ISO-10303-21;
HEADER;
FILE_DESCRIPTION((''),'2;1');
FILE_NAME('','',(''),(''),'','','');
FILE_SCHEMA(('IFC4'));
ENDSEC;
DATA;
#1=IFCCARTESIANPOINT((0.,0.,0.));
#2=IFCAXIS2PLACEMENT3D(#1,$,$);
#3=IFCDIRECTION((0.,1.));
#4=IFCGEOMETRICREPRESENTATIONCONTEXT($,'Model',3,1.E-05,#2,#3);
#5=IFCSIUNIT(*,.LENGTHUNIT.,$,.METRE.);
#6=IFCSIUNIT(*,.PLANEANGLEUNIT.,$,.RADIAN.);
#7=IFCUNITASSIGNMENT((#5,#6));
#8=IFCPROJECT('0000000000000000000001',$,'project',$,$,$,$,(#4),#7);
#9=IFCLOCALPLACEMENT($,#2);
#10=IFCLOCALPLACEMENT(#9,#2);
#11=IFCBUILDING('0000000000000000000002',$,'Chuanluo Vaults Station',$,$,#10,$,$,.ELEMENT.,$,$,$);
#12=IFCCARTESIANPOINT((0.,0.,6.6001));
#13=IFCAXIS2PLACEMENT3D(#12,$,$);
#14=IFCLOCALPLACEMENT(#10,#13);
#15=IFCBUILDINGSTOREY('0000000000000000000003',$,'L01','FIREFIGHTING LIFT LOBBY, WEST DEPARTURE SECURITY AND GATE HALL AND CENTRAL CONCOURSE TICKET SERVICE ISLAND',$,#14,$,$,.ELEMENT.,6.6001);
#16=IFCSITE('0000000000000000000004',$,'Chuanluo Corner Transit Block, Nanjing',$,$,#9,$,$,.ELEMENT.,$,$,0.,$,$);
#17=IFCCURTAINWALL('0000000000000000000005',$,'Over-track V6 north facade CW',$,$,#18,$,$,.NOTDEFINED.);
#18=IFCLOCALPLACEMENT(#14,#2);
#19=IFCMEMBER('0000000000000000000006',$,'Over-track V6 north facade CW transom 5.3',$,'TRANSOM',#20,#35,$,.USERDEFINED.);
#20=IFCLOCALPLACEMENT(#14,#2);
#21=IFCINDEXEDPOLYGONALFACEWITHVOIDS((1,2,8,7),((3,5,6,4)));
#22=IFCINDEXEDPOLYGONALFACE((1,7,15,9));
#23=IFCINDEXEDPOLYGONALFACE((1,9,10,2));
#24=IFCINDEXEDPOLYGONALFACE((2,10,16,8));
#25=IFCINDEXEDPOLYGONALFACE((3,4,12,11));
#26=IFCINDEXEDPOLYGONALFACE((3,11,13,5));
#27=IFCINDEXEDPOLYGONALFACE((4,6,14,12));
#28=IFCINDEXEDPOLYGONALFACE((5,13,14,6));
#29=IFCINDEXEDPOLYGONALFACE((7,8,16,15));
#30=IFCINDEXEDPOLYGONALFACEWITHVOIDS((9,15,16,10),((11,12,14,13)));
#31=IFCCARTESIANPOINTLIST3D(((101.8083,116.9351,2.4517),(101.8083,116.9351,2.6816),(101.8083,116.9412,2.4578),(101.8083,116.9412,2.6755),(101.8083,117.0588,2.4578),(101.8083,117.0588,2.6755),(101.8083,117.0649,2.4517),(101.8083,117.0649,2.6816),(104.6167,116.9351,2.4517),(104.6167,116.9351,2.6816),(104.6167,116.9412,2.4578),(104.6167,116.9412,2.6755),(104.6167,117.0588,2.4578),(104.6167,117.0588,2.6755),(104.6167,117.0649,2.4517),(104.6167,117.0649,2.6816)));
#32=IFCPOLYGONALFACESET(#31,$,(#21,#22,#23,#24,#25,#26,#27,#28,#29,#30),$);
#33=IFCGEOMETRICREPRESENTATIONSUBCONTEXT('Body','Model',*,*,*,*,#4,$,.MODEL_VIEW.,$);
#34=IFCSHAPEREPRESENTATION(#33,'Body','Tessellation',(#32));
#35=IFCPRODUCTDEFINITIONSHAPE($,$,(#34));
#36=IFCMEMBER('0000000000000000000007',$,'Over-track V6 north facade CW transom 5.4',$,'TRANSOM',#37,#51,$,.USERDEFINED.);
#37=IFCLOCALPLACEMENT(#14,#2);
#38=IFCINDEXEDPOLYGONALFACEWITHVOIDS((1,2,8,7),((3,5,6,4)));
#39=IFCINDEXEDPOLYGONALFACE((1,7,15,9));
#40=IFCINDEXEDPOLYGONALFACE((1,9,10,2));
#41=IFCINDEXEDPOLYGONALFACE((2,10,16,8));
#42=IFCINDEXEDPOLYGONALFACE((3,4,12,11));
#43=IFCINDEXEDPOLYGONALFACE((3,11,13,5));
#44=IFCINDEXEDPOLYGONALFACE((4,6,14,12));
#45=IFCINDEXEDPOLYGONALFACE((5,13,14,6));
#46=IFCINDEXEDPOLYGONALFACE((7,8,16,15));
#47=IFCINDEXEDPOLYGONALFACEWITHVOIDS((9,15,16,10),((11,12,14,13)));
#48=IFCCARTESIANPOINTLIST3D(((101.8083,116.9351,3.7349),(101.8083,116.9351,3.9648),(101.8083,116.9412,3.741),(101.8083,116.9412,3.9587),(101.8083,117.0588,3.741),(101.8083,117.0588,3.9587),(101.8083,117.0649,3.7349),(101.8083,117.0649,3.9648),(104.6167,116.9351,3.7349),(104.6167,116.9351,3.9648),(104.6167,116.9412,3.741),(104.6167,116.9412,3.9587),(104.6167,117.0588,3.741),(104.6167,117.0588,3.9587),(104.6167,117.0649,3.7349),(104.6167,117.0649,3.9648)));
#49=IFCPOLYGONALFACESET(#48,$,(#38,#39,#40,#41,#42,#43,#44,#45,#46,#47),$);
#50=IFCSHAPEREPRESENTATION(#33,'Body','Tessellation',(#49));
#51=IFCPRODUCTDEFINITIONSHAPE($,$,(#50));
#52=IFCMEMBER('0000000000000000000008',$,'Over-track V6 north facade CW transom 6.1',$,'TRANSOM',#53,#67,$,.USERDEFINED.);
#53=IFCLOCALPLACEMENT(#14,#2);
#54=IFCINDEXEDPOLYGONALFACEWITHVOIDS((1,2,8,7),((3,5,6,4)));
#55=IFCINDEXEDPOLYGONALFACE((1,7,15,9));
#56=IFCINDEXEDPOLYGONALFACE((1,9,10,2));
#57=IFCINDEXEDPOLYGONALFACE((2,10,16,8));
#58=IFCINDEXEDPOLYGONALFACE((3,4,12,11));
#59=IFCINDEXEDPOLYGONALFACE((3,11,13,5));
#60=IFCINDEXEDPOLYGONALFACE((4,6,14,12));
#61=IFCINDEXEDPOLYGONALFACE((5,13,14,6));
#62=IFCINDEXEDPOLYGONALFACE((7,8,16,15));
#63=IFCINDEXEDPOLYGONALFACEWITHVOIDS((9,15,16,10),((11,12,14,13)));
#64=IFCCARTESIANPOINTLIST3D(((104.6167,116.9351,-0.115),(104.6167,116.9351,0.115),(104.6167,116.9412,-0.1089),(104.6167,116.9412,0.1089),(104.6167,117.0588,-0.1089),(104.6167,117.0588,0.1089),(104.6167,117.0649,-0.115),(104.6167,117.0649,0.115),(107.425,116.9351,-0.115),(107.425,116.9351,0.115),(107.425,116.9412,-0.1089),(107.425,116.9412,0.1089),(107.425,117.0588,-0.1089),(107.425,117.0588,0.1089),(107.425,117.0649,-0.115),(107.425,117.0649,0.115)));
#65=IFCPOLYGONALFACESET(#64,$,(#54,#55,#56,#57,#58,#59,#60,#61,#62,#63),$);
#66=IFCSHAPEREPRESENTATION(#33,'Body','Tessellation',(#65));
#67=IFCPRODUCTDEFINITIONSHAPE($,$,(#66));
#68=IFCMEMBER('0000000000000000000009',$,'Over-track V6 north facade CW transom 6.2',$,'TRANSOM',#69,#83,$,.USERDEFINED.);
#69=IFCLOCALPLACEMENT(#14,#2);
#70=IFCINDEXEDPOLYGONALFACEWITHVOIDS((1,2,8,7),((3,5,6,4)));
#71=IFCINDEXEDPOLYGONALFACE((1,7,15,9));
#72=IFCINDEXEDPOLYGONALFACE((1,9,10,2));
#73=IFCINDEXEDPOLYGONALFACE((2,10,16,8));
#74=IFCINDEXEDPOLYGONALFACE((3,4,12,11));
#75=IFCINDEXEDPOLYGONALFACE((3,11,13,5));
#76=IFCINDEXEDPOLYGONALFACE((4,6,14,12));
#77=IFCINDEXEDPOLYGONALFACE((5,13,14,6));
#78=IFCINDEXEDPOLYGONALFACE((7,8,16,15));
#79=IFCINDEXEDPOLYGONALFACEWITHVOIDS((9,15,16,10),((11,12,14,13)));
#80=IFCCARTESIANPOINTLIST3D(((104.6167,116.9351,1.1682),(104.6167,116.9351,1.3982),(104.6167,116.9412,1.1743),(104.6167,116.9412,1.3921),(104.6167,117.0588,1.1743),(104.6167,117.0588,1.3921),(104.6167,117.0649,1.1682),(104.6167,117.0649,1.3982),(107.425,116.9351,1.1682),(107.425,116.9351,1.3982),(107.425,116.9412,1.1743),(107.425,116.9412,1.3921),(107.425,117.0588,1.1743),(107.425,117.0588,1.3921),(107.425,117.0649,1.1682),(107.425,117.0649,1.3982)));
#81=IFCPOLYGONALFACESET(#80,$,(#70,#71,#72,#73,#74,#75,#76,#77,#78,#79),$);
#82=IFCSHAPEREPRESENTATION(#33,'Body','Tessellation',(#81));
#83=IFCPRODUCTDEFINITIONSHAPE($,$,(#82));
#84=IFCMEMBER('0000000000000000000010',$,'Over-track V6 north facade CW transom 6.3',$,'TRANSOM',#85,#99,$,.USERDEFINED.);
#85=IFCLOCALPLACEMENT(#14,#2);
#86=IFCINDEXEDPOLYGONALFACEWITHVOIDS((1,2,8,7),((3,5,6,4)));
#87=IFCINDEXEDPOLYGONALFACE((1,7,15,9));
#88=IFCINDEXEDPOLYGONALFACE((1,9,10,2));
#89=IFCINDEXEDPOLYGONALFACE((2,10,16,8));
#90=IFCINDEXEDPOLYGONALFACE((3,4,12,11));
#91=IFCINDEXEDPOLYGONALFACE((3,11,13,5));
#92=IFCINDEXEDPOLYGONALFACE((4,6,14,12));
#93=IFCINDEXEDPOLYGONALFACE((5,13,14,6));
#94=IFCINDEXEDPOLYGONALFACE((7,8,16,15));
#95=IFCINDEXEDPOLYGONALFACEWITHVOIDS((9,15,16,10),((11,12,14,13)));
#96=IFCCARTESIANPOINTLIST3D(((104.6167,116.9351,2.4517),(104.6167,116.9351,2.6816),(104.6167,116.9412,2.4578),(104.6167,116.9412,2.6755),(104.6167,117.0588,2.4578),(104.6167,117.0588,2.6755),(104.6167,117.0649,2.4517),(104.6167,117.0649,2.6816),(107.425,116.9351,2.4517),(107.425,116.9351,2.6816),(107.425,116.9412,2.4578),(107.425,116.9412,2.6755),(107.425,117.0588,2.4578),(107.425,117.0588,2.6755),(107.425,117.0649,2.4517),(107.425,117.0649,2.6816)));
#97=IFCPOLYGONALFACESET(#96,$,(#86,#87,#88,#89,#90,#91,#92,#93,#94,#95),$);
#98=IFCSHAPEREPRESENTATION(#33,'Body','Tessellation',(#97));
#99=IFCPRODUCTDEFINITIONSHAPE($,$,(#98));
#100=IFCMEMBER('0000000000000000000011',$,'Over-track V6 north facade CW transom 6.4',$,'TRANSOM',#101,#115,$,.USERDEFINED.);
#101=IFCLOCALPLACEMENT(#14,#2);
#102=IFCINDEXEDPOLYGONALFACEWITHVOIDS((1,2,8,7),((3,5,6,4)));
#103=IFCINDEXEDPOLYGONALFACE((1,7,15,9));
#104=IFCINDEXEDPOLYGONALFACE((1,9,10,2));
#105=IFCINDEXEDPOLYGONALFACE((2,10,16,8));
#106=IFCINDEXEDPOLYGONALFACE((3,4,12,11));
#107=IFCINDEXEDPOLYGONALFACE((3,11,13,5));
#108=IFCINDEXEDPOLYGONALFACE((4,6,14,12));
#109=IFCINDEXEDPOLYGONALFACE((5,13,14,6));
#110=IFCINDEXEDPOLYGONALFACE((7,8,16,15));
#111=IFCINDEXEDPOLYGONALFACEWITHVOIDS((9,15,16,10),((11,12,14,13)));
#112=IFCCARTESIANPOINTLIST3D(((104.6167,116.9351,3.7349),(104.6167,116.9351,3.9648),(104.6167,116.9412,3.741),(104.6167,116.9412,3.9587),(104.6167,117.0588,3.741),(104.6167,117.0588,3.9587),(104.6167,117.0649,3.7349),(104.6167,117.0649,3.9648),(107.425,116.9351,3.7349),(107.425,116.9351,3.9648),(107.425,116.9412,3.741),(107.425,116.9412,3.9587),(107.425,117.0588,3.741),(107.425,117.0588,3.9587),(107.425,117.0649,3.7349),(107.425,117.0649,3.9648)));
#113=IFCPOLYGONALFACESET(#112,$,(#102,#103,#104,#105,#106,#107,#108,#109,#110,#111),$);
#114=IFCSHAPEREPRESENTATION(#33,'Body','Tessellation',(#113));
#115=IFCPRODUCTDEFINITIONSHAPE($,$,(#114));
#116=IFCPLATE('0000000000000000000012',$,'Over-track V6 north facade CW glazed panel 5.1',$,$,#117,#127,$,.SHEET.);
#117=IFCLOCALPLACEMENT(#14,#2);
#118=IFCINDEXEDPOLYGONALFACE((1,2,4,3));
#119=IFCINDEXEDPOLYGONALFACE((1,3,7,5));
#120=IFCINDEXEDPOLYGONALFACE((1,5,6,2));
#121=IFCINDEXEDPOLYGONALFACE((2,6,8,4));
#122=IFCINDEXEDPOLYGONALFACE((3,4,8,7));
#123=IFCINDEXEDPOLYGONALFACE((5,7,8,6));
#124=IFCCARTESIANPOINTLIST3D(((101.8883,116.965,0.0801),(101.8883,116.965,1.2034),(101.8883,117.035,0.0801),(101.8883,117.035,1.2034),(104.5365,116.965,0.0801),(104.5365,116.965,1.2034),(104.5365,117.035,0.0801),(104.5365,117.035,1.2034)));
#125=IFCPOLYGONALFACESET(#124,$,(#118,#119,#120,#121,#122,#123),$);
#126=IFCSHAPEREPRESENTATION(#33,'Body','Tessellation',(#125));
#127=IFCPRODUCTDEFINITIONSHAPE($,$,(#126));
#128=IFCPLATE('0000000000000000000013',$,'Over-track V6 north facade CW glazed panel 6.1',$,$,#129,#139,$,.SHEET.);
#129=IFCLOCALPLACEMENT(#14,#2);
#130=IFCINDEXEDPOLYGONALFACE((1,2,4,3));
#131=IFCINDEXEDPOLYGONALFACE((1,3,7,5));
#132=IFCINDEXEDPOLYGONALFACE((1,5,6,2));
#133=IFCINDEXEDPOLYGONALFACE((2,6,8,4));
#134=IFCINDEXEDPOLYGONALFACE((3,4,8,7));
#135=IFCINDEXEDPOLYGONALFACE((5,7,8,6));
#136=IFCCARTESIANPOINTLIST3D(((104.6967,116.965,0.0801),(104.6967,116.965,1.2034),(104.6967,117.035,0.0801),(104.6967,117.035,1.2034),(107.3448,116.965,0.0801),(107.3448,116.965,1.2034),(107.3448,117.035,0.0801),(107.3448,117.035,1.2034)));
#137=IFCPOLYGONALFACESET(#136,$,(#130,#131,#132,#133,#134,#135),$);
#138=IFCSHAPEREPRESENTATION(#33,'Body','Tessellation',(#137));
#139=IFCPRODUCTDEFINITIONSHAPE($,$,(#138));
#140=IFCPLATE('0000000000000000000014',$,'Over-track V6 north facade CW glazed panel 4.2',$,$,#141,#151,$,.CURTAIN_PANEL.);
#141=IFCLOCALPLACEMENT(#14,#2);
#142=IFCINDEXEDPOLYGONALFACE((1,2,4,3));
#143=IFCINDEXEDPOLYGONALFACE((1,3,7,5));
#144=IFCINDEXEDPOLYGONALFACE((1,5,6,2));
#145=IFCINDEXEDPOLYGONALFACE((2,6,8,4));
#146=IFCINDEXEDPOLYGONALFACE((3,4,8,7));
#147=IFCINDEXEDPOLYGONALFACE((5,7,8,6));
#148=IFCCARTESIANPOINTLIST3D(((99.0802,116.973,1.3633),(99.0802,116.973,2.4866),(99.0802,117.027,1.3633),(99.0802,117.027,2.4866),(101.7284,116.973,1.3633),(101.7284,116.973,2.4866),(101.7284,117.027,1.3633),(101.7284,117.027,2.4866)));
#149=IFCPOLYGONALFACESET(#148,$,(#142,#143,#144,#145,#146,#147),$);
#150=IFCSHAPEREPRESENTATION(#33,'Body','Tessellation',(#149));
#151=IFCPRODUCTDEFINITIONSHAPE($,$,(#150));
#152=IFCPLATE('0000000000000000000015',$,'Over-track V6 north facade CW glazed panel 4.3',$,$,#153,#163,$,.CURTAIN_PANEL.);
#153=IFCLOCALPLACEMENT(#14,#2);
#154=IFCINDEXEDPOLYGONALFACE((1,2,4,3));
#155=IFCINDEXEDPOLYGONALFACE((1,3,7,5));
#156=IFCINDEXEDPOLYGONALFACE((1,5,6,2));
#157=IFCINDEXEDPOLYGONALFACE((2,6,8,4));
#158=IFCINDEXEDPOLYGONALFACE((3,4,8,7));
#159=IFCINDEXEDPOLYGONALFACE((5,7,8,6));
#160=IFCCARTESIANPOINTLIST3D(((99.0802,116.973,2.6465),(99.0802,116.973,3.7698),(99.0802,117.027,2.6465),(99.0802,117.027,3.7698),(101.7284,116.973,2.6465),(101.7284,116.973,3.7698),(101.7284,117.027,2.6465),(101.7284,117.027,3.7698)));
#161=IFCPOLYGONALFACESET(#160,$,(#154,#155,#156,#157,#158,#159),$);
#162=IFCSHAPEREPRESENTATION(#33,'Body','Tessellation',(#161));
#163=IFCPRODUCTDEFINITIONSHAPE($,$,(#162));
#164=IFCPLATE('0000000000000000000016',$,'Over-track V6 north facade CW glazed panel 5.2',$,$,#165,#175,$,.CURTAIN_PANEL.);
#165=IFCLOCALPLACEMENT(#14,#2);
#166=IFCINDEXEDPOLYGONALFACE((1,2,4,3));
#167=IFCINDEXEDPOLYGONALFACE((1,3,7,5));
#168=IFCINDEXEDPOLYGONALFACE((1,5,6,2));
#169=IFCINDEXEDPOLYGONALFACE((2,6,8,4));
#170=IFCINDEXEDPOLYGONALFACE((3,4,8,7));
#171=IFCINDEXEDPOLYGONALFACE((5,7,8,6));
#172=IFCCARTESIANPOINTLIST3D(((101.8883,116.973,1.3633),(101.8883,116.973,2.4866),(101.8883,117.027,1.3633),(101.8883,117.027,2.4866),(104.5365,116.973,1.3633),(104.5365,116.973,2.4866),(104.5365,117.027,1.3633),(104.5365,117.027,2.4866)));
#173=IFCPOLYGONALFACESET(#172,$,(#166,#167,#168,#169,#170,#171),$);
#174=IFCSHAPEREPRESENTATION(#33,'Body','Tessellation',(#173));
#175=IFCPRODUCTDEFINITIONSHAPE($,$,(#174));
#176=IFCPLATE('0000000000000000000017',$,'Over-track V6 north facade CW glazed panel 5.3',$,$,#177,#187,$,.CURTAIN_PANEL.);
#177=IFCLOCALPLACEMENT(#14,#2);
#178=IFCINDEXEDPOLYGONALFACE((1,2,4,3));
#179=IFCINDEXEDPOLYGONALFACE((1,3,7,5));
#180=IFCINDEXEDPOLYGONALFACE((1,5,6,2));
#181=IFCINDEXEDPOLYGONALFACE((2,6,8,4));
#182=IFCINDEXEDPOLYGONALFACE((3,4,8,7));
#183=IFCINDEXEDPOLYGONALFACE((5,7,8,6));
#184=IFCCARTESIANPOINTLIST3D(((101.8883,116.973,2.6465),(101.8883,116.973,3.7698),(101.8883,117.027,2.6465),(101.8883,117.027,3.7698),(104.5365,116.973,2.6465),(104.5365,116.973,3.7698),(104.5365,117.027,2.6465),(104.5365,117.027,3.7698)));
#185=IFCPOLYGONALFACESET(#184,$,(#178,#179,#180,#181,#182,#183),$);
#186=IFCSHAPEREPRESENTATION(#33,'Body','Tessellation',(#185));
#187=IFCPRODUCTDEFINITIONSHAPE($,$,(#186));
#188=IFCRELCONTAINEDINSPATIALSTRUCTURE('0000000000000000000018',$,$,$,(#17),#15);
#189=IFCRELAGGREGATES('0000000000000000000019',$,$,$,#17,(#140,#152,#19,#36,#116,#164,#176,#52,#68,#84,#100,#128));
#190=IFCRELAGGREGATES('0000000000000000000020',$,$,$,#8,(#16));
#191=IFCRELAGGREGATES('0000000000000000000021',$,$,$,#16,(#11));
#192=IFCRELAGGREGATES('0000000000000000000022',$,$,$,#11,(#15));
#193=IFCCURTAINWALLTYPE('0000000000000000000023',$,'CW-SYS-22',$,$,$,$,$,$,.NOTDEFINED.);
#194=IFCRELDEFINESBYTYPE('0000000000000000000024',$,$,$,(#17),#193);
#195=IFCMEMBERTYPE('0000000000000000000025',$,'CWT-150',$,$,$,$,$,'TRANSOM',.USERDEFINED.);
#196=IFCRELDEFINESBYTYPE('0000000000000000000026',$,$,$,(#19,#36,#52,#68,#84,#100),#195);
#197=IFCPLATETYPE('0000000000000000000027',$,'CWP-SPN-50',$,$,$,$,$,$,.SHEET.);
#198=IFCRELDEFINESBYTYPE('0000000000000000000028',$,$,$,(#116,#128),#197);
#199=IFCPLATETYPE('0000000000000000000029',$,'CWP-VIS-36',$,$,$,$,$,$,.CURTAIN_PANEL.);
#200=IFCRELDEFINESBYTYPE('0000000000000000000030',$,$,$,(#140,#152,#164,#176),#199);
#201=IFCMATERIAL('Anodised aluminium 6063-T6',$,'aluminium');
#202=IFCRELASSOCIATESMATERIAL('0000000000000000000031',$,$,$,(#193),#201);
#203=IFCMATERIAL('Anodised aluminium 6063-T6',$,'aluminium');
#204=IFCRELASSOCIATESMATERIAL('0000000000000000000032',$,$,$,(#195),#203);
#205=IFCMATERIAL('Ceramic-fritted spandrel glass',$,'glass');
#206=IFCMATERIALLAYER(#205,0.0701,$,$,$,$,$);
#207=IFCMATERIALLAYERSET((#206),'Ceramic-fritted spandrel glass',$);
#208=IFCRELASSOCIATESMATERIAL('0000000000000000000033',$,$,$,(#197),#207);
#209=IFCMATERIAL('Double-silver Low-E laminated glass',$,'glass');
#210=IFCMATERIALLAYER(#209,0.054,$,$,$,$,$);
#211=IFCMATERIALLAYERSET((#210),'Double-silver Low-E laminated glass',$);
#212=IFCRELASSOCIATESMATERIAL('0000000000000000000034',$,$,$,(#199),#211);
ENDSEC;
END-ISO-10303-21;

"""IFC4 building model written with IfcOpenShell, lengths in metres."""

from ifc_helpers import new_model, si_unit, direction, frame, origin, origin_2d, place, context, subcontext, project, spatial, rectangle, hollow_rectangle, extrude, material, layer, layer_set, material_profile, profile_set, type_object, element, aggregate, save


model = new_model("IFC4")

# Units and contexts
model_context = context("Model", 3, precision=1e-05, world=origin(), true_north=direction((0.0, 1.0)))
body_context = subcontext(model_context, "Body", "Model", "MODEL_VIEW")
ifc_project = project(units=[si_unit("LENGTHUNIT", "METRE"), si_unit("PLANEANGLEUNIT", "RADIAN")], contexts=[model_context])

# Site, building, storey
site_placement = place(None, origin())
site = spatial("IfcSite", under=ifc_project, at=site_placement, Name="Chuanluo Corner Transit Block, Nanjing", CompositionType="ELEMENT", RefElevation=0.0)
building_placement = place(site_placement, origin())
building = spatial("IfcBuilding", under=site, at=building_placement, Name="Chuanluo Vaults Station", CompositionType="ELEMENT")
storey_placement = place(building_placement, frame((0.0, 0.0, 6.6001)))
storey = spatial("IfcBuildingStorey", under=building, at=storey_placement, Name="L01", Description="FIREFIGHTING LIFT LOBBY, WEST DEPARTURE SECURITY AND GATE HALL AND CENTRAL CONCOURSE TICKET SERVICE ISLAND", CompositionType="ELEMENT", Elevation=6.6001)

# Curtain wall, members, plates
ifc_material_1 = material(Name="Anodised aluminium 6063-T6", Category="aluminium")
curtain_wall_type = type_object("IfcCurtainWallType", Name="CW-SYS-22", PredefinedType="NOTDEFINED", material=ifc_material_1)
curtain_wall_placement = place(storey_placement, origin())
curtain_wall = element("IfcCurtainWall", 1, at=curtain_wall_placement, inside=storey, type_object=curtain_wall_type, Name="Over-track V6 north facade CW", PredefinedType="NOTDEFINED")
ifc_material_2 = material(Name="Anodised aluminium 6063-T6", Category="aluminium")
ifc_material_profile_1 = material_profile(ifc_material_2, hollow_rectangle(XDim=0.1299, YDim=0.23, WallThickness=0.0061, at=origin_2d()))
ifc_profile_set_1 = profile_set([ifc_material_profile_1], Name="Anodised aluminium 6063-T6")
member_type_1 = type_object("IfcMemberType", Name="CWT-150", ElementType="TRANSOM", PredefinedType="USERDEFINED", material=ifc_profile_set_1)
member_1_placement = place(storey_placement, frame((101.8083, 117.0, 2.5667), z_axis=(1.0, 0.0, 0.0), x_axis=(0.0, 1.0, 0.0)))
member_1 = element("IfcMember", 2, at=member_1_placement, type_object=member_type_1, Name="Over-track V6 north facade CW transom 5.3", ObjectType="TRANSOM", PredefinedType="USERDEFINED", context=body_context, shape_type="SweptSolid", body=[
    extrude(hollow_rectangle(XDim=0.1299, YDim=0.23, WallThickness=0.0061, at=origin_2d()), origin(), (0.0, 0.0, 1.0), 2.8083),
])
member_2_placement = place(storey_placement, frame((101.8083, 117.0, 3.8499), z_axis=(1.0, 0.0, 0.0), x_axis=(0.0, 1.0, 0.0)))
member_2 = element("IfcMember", 3, at=member_2_placement, type_object=member_type_1, Name="Over-track V6 north facade CW transom 5.4", ObjectType="TRANSOM", PredefinedType="USERDEFINED", context=body_context, shape_type="SweptSolid", body=[
    extrude(hollow_rectangle(XDim=0.1299, YDim=0.23, WallThickness=0.0061, at=origin_2d()), origin(), (0.0, 0.0, 1.0), 2.8083),
])
member_3_placement = place(storey_placement, frame((104.6167, 117.0, 0.0), z_axis=(1.0, 0.0, 0.0), x_axis=(0.0, 1.0, 0.0)))
member_3 = element("IfcMember", 4, at=member_3_placement, type_object=member_type_1, Name="Over-track V6 north facade CW transom 6.1", ObjectType="TRANSOM", PredefinedType="USERDEFINED", context=body_context, shape_type="SweptSolid", body=[
    extrude(hollow_rectangle(XDim=0.1299, YDim=0.23, WallThickness=0.0061, at=origin_2d()), origin(), (0.0, 0.0, 1.0), 2.8083),
])
member_4_placement = place(storey_placement, frame((104.6167, 117.0, 1.2832), z_axis=(1.0, 0.0, 0.0), x_axis=(0.0, 1.0, 0.0)))
member_4 = element("IfcMember", 5, at=member_4_placement, type_object=member_type_1, Name="Over-track V6 north facade CW transom 6.2", ObjectType="TRANSOM", PredefinedType="USERDEFINED", context=body_context, shape_type="SweptSolid", body=[
    extrude(hollow_rectangle(XDim=0.1299, YDim=0.23, WallThickness=0.0061, at=origin_2d()), origin(), (0.0, 0.0, 1.0), 2.8083),
])
member_5_placement = place(storey_placement, frame((104.6167, 117.0, 2.5667), z_axis=(1.0, 0.0, 0.0), x_axis=(0.0, 1.0, 0.0)))
member_5 = element("IfcMember", 6, at=member_5_placement, type_object=member_type_1, Name="Over-track V6 north facade CW transom 6.3", ObjectType="TRANSOM", PredefinedType="USERDEFINED", context=body_context, shape_type="SweptSolid", body=[
    extrude(hollow_rectangle(XDim=0.1299, YDim=0.23, WallThickness=0.0061, at=origin_2d()), origin(), (0.0, 0.0, 1.0), 2.8083),
])
member_6_placement = place(storey_placement, frame((104.6167, 117.0, 3.8499), z_axis=(1.0, 0.0, 0.0), x_axis=(0.0, 1.0, 0.0)))
member_6 = element("IfcMember", 7, at=member_6_placement, type_object=member_type_1, Name="Over-track V6 north facade CW transom 6.4", ObjectType="TRANSOM", PredefinedType="USERDEFINED", context=body_context, shape_type="SweptSolid", body=[
    extrude(hollow_rectangle(XDim=0.1299, YDim=0.23, WallThickness=0.0061, at=origin_2d()), origin(), (0.0, 0.0, 1.0), 2.8083),
])
ifc_material_3 = material(Name="Ceramic-fritted spandrel glass", Category="glass")
ifc_layer_1 = layer(ifc_material_3, 0.0701)
ifc_layer_set_1 = layer_set([ifc_layer_1], Name="Ceramic-fritted spandrel glass")
plate_type_1 = type_object("IfcPlateType", Name="CWP-SPN-50", PredefinedType="SHEET", material=ifc_layer_set_1)
plate_1_placement = place(storey_placement, frame((103.2124, 117.0, 0.0801), z_axis=(0.0, 0.0, 1.0), x_axis=(1.0, 0.0, 0.0)))
plate_1 = element("IfcPlate", 8, at=plate_1_placement, type_object=plate_type_1, Name="Over-track V6 north facade CW glazed panel 5.1", PredefinedType="SHEET", context=body_context, shape_type="SweptSolid", body=[
    extrude(rectangle(XDim=2.6482, YDim=0.0701, at=origin_2d()), origin(), (0.0, 0.0, 1.0), 1.1233),
])
plate_2_placement = place(storey_placement, frame((106.0208, 117.0, 0.0801), z_axis=(0.0, 0.0, 1.0), x_axis=(1.0, 0.0, 0.0)))
plate_2 = element("IfcPlate", 9, at=plate_2_placement, type_object=plate_type_1, Name="Over-track V6 north facade CW glazed panel 6.1", PredefinedType="SHEET", context=body_context, shape_type="SweptSolid", body=[
    extrude(rectangle(XDim=2.6482, YDim=0.0701, at=origin_2d()), origin(), (0.0, 0.0, 1.0), 1.1233),
])
ifc_material_4 = material(Name="Double-silver Low-E laminated glass", Category="glass")
ifc_layer_2 = layer(ifc_material_4, 0.054)
ifc_layer_set_2 = layer_set([ifc_layer_2], Name="Double-silver Low-E laminated glass")
plate_type_2 = type_object("IfcPlateType", Name="CWP-VIS-36", PredefinedType="CURTAIN_PANEL", material=ifc_layer_set_2)
plate_3_placement = place(storey_placement, frame((100.4043, 117.0, 1.3633), z_axis=(0.0, 0.0, 1.0), x_axis=(1.0, 0.0, 0.0)))
plate_3 = element("IfcPlate", 10, at=plate_3_placement, type_object=plate_type_2, Name="Over-track V6 north facade CW glazed panel 4.2", PredefinedType="CURTAIN_PANEL", context=body_context, shape_type="SweptSolid", body=[
    extrude(rectangle(XDim=2.6482, YDim=0.054, at=origin_2d()), origin(), (0.0, 0.0, 1.0), 1.1233),
])
plate_4_placement = place(storey_placement, frame((100.4043, 117.0, 2.6465), z_axis=(0.0, 0.0, 1.0), x_axis=(1.0, 0.0, 0.0)))
plate_4 = element("IfcPlate", 11, at=plate_4_placement, type_object=plate_type_2, Name="Over-track V6 north facade CW glazed panel 4.3", PredefinedType="CURTAIN_PANEL", context=body_context, shape_type="SweptSolid", body=[
    extrude(rectangle(XDim=2.6482, YDim=0.054, at=origin_2d()), origin(), (0.0, 0.0, 1.0), 1.1233),
])
plate_5_placement = place(storey_placement, frame((103.2124, 117.0, 1.3633), z_axis=(0.0, 0.0, 1.0), x_axis=(1.0, 0.0, 0.0)))
plate_5 = element("IfcPlate", 12, at=plate_5_placement, type_object=plate_type_2, Name="Over-track V6 north facade CW glazed panel 5.2", PredefinedType="CURTAIN_PANEL", context=body_context, shape_type="SweptSolid", body=[
    extrude(rectangle(XDim=2.6482, YDim=0.054, at=origin_2d()), origin(), (0.0, 0.0, 1.0), 1.1233),
])
plate_6_placement = place(storey_placement, frame((103.2124, 117.0, 2.6465), z_axis=(0.0, 0.0, 1.0), x_axis=(1.0, 0.0, 0.0)))
plate_6 = element("IfcPlate", 13, at=plate_6_placement, type_object=plate_type_2, Name="Over-track V6 north facade CW glazed panel 5.3", PredefinedType="CURTAIN_PANEL", context=body_context, shape_type="SweptSolid", body=[
    extrude(rectangle(XDim=2.6482, YDim=0.054, at=origin_2d()), origin(), (0.0, 0.0, 1.0), 1.1233),
])
aggregate(curtain_wall, [plate_3, plate_4, member_1, member_2, plate_1, plate_5, plate_6, member_3, member_4, member_5, member_6, plate_2])

save(model, "model.ifc")
